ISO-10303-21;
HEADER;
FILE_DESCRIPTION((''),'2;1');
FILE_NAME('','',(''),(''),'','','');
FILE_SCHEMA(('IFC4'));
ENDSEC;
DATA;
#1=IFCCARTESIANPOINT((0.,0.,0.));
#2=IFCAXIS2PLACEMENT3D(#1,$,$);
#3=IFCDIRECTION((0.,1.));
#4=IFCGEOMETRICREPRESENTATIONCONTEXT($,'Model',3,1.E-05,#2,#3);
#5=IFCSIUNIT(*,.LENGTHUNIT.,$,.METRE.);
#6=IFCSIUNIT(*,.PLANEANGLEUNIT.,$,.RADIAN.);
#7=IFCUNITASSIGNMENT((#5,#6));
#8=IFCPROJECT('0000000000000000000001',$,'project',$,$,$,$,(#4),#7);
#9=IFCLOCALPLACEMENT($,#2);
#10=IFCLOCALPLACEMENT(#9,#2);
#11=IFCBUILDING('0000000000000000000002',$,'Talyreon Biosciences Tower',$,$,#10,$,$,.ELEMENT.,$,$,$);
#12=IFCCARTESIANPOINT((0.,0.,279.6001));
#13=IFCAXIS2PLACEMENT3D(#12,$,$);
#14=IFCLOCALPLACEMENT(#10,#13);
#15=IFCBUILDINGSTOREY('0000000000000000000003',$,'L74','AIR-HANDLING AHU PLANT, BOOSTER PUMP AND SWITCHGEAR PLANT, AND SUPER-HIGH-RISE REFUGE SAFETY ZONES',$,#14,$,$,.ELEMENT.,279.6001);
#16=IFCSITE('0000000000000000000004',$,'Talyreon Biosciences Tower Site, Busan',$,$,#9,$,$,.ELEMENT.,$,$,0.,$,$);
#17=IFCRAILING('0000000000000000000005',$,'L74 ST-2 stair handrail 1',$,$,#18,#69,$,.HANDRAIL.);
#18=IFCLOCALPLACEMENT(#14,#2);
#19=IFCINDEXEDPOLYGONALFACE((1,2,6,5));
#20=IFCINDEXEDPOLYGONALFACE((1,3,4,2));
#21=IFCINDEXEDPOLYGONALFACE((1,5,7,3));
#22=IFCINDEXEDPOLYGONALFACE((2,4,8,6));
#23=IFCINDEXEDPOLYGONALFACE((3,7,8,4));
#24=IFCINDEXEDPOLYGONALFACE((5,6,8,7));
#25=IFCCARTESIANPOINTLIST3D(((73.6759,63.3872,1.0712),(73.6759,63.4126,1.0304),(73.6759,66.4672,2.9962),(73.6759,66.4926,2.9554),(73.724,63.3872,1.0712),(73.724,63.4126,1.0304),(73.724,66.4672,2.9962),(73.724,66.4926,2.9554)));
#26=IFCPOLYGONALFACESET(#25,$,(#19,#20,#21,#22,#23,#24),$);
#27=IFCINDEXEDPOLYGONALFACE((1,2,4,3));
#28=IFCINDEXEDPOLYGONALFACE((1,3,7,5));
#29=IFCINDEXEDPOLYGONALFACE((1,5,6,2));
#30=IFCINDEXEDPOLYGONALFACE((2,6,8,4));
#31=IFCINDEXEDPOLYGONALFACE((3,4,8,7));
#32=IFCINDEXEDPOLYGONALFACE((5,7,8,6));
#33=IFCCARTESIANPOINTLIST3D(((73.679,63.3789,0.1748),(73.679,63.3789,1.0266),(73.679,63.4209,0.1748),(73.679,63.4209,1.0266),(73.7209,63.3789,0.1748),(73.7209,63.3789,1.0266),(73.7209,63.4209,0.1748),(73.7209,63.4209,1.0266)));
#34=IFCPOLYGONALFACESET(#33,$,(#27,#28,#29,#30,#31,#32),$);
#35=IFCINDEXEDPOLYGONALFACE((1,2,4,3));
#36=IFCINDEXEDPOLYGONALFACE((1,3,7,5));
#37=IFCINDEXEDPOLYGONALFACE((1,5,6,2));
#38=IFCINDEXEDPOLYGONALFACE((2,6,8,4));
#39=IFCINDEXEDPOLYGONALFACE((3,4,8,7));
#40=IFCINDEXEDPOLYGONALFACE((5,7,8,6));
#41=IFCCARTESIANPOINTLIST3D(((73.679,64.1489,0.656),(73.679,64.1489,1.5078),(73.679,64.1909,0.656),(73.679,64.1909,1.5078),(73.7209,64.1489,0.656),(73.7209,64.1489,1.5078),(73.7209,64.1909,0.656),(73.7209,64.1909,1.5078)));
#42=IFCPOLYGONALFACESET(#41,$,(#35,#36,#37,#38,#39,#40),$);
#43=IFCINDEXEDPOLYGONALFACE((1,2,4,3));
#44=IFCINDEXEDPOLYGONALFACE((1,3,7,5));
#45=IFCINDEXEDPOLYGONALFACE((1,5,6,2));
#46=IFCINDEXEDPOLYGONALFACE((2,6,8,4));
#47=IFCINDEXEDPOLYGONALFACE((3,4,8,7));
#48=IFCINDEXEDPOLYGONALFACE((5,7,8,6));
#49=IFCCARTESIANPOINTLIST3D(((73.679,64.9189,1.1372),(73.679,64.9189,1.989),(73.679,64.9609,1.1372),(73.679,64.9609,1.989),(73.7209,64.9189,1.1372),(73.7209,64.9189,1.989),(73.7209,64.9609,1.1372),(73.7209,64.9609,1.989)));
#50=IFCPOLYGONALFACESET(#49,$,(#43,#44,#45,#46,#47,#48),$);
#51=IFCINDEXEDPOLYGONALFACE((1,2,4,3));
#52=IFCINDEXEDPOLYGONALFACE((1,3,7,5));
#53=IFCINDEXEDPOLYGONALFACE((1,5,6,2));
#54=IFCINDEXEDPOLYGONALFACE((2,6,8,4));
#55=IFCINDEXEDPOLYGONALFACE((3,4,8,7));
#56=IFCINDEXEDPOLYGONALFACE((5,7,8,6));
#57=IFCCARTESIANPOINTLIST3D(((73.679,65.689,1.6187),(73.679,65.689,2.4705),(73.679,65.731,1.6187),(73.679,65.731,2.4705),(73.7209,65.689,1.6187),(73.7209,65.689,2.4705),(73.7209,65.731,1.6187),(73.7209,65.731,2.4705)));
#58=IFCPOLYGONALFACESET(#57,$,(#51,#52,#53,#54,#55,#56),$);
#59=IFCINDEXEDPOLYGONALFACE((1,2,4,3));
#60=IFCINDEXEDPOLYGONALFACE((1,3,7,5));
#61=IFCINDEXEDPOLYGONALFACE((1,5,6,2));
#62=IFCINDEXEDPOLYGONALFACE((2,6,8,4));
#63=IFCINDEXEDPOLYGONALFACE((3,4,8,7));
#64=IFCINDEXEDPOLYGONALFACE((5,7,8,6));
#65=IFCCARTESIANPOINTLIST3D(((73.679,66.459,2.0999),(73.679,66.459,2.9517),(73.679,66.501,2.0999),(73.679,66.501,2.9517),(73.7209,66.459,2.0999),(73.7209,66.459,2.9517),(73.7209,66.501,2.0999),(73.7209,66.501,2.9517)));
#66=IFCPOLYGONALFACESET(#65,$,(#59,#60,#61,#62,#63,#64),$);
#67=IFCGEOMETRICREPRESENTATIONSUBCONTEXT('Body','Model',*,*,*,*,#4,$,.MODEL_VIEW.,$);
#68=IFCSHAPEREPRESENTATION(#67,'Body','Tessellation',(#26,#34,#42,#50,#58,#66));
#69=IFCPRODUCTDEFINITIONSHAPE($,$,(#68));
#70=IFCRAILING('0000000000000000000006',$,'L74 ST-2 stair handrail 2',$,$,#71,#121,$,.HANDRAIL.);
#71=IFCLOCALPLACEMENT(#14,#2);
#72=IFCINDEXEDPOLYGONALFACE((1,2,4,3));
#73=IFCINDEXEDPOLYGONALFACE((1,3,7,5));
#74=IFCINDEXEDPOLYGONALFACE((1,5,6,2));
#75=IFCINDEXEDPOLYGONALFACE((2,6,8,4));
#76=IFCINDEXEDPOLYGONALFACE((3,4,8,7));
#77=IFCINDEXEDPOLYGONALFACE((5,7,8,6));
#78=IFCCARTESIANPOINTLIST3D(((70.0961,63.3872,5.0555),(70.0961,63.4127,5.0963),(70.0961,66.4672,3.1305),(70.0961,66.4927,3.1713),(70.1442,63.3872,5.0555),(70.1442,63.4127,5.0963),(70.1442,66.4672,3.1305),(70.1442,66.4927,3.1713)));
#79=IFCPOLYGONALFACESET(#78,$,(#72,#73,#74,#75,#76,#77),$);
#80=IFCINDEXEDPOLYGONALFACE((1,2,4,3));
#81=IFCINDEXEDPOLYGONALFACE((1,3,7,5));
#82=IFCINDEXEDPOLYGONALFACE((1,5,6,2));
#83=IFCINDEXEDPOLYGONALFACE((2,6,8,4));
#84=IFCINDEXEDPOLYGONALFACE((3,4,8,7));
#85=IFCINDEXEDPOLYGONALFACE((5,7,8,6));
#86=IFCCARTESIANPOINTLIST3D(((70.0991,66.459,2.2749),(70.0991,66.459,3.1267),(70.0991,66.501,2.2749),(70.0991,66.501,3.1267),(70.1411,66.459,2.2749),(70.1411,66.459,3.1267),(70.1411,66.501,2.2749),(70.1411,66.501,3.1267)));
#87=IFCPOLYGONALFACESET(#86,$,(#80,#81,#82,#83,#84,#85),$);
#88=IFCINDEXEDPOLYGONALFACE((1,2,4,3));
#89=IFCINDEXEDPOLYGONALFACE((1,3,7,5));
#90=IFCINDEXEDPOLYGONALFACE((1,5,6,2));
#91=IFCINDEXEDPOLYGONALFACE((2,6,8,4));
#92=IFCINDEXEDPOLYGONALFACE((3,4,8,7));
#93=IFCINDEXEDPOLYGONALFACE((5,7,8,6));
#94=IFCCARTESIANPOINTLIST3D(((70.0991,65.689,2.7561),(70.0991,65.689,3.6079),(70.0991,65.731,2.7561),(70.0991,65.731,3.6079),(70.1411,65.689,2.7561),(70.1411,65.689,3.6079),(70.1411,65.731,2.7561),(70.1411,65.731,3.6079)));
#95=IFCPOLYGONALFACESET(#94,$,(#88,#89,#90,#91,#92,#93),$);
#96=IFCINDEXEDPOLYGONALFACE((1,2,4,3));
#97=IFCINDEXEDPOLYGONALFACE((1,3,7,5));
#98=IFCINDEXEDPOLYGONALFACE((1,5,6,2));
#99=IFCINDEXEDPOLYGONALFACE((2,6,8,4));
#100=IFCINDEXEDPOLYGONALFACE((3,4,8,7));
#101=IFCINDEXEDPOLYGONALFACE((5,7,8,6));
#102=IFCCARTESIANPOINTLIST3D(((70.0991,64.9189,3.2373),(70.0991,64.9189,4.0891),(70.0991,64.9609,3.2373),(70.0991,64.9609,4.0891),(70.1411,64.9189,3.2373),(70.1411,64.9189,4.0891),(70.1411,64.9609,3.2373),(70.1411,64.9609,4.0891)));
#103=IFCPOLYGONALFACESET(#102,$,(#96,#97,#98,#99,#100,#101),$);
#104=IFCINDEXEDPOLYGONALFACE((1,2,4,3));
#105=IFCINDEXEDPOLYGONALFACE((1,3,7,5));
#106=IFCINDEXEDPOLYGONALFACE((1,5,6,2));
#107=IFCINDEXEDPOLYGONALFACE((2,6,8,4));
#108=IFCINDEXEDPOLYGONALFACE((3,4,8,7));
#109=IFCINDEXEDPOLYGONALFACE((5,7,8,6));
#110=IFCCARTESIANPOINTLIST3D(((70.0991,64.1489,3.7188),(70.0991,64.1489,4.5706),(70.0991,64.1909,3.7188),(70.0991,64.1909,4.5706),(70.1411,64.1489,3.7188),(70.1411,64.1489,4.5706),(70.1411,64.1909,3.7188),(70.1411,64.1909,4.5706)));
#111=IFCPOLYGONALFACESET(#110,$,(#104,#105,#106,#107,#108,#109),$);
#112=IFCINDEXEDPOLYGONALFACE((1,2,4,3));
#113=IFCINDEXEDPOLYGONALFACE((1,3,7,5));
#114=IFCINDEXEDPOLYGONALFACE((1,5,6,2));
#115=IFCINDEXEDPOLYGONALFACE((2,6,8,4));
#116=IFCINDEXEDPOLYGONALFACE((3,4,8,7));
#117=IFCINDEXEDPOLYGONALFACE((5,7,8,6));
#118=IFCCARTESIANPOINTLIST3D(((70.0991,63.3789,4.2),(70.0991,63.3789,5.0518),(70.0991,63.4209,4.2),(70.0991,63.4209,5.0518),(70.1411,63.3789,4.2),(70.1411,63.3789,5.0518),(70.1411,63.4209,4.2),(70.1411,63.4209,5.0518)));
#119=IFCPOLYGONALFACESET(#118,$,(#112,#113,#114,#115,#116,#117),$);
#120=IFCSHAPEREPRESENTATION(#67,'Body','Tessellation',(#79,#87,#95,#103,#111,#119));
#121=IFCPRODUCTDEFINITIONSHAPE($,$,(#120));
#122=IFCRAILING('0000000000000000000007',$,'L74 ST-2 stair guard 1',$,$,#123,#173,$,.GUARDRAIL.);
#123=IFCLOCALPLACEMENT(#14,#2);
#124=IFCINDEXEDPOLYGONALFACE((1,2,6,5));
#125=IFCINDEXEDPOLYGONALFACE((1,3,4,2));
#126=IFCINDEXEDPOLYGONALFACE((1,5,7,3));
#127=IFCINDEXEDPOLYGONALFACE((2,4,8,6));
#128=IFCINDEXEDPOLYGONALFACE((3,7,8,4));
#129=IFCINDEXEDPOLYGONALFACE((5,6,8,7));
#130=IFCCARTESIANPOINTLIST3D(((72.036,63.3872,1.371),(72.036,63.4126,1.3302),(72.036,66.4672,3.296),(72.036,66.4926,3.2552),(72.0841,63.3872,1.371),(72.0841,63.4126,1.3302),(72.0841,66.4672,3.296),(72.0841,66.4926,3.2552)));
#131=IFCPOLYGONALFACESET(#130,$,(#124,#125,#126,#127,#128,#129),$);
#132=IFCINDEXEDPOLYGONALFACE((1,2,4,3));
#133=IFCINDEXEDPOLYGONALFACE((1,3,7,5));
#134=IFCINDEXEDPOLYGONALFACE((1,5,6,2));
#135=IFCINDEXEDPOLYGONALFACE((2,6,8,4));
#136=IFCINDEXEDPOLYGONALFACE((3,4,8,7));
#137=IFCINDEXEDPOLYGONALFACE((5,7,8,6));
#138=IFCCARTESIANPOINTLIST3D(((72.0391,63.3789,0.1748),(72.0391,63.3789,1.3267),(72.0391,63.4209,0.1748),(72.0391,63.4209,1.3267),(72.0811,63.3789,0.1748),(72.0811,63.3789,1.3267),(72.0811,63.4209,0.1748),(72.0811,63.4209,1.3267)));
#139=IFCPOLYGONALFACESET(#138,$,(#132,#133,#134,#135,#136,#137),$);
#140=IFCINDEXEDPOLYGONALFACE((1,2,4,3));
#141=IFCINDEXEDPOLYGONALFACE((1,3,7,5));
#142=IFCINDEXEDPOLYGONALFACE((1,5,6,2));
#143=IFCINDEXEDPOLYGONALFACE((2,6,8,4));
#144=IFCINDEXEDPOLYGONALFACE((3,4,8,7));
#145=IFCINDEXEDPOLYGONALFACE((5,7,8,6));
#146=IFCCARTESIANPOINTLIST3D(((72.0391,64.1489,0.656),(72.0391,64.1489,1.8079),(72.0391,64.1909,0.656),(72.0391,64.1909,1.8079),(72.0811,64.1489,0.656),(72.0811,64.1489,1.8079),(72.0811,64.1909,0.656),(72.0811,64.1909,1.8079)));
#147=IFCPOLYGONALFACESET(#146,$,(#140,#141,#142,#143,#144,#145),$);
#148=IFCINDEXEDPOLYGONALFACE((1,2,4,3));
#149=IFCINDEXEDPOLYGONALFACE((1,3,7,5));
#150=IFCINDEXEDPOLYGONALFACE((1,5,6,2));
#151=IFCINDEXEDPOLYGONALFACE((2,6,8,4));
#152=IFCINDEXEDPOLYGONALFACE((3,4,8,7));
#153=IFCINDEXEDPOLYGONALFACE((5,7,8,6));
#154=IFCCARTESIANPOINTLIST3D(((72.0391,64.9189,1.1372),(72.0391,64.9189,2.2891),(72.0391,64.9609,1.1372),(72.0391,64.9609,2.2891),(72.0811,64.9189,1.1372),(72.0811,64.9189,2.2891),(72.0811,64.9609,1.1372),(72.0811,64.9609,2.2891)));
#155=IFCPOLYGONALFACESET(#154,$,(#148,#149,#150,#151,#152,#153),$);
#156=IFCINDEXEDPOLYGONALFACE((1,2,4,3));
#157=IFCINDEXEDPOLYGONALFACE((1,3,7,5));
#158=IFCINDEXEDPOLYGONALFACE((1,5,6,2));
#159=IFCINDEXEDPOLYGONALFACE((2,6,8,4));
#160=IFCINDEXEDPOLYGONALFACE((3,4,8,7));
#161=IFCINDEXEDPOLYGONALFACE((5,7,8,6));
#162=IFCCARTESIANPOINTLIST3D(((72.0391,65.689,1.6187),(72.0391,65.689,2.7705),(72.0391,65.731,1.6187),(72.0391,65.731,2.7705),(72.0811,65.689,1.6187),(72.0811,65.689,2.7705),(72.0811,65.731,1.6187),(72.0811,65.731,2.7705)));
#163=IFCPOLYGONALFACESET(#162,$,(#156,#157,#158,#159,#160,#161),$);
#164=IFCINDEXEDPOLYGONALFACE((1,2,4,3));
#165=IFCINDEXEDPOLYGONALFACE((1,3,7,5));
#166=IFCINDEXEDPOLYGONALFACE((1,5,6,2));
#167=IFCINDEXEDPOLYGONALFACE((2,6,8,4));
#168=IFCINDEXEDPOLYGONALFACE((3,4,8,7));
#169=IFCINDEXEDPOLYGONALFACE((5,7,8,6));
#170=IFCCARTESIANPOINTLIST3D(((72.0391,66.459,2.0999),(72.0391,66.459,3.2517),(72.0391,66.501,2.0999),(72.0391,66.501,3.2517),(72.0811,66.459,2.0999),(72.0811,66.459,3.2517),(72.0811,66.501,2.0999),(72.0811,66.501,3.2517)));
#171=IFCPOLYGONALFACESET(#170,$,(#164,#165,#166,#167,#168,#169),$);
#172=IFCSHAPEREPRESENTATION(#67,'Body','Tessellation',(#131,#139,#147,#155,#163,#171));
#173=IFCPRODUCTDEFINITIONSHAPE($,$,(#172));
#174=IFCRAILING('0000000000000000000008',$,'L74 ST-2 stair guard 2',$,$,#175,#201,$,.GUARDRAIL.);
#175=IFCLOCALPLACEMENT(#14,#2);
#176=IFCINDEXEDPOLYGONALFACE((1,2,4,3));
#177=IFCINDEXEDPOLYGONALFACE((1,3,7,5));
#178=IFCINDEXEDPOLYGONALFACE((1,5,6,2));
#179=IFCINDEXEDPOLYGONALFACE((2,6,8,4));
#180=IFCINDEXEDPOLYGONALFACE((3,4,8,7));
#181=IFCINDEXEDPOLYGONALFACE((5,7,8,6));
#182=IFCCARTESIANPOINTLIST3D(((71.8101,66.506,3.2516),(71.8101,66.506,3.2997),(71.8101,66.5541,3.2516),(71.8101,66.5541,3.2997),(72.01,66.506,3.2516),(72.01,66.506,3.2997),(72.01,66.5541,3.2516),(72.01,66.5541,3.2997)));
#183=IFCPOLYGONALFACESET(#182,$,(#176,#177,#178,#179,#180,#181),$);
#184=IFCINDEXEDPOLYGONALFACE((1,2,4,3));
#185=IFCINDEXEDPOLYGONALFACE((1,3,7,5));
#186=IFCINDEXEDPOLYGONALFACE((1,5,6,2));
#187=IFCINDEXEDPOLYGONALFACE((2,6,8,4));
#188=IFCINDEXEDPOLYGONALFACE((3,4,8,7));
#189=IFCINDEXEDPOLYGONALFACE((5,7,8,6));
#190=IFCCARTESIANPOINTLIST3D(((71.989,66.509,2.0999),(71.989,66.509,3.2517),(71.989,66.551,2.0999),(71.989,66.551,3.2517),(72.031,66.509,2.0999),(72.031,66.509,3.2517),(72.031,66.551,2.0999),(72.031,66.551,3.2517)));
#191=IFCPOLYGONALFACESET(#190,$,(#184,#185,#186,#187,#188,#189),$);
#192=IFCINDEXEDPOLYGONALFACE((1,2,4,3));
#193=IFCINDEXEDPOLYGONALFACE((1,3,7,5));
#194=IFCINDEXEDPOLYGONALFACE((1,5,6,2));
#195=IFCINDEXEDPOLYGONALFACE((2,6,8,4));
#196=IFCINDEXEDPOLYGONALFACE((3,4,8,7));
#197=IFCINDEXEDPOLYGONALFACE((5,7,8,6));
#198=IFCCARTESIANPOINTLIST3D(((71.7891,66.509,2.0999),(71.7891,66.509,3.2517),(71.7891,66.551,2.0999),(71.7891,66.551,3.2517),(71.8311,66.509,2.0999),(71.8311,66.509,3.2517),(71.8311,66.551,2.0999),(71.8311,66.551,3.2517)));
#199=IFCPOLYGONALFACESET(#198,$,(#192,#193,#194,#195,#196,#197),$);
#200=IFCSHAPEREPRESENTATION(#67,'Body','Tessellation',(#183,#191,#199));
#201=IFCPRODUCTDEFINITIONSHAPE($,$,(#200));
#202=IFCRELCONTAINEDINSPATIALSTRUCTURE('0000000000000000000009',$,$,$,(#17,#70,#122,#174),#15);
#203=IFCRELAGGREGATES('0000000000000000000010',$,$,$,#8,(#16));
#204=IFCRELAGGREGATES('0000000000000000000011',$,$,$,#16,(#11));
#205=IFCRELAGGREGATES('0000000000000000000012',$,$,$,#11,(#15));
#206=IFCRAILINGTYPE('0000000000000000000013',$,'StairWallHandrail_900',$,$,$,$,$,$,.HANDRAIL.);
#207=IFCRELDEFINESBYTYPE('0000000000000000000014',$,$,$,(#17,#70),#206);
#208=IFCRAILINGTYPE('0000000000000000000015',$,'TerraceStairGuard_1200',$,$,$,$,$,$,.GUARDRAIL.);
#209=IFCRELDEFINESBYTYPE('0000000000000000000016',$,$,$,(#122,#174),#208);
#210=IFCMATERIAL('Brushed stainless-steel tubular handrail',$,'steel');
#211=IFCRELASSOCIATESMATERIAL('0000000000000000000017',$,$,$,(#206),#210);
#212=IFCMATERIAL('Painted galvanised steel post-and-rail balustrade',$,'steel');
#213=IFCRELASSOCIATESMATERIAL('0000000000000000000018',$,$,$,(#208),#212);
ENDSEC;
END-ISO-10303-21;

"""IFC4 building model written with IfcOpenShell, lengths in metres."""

from ifc_helpers import new_model, si_unit, direction, frame, origin, origin_2d, place, context, subcontext, project, spatial, rectangle, extrude, material, type_object, element, save


model = new_model("IFC4")

# Units and contexts
model_context = context("Model", 3, precision=1e-05, world=origin(), true_north=direction((0.0, 1.0)))
body_context = subcontext(model_context, "Body", "Model", "MODEL_VIEW")
ifc_project = project(units=[si_unit("LENGTHUNIT", "METRE"), si_unit("PLANEANGLEUNIT", "RADIAN")], contexts=[model_context])

# Site, building, storey
site_placement = place(None, origin())
site = spatial("IfcSite", under=ifc_project, at=site_placement, Name="Talyreon Biosciences Tower Site, Busan", CompositionType="ELEMENT", RefElevation=0.0)
building_placement = place(site_placement, origin())
building = spatial("IfcBuilding", under=site, at=building_placement, Name="Talyreon Biosciences Tower", CompositionType="ELEMENT")
storey_placement = place(building_placement, frame((0.0, 0.0, 279.6001)))
storey = spatial("IfcBuildingStorey", under=building, at=storey_placement, Name="L74", Description="AIR-HANDLING AHU PLANT, BOOSTER PUMP AND SWITCHGEAR PLANT, AND SUPER-HIGH-RISE REFUGE SAFETY ZONES", CompositionType="ELEMENT", Elevation=279.6001)

# Railings
ifc_material_1 = material(Name="Brushed stainless-steel tubular handrail", Category="steel")
railing_type_1 = type_object("IfcRailingType", Name="StairWallHandrail_900", PredefinedType="HANDRAIL", material=ifc_material_1)
railing_1_placement = place(storey_placement, frame((73.7, 63.3999, 0.1748)))
element("IfcRailing", 1, at=railing_1_placement, inside=storey, type_object=railing_type_1, Name="L74 ST-2 stair handrail 1", PredefinedType="HANDRAIL", context=body_context, shape_type="SweptSolid", body=[
    extrude(rectangle(XDim=0.0481, YDim=0.0481, at=origin_2d()), frame((0.0, 0.0, 0.876), z_axis=(0.0, 0.847998, 0.529999), x_axis=(-1.0, 0.0, 0.0)), (0.0, 0.0, 1.0), 3.6321),
    extrude(rectangle(XDim=0.042, YDim=0.042, at=origin_2d()), origin(), (0.0, 0.0, 1.0), 0.8518),
    extrude(rectangle(XDim=0.042, YDim=0.042, at=origin_2d()), frame((0.0, 0.77, 0.4812)), (0.0, 0.0, 1.0), 0.8518),
    extrude(rectangle(XDim=0.042, YDim=0.042, at=origin_2d()), frame((0.0, 1.54, 0.9624)), (0.0, 0.0, 1.0), 0.8518),
    extrude(rectangle(XDim=0.042, YDim=0.042, at=origin_2d()), frame((0.0, 2.3101, 1.4438)), (0.0, 0.0, 1.0), 0.8518),
    extrude(rectangle(XDim=0.042, YDim=0.042, at=origin_2d()), frame((0.0, 3.0801, 1.925)), (0.0, 0.0, 1.0), 0.8518),
])
railing_2_placement = place(storey_placement, frame((70.1201, 66.48, 2.2749)))
element("IfcRailing", 2, at=railing_2_placement, inside=storey, type_object=railing_type_1, Name="L74 ST-2 stair handrail 2", PredefinedType="HANDRAIL", context=body_context, shape_type="SweptSolid", body=[
    extrude(rectangle(XDim=0.0481, YDim=0.0481, at=origin_2d()), frame((0.0, 0.0, 0.876), z_axis=(0.0, -0.847998, 0.529999), x_axis=(1.0, 0.0, 0.0)), (0.0, 0.0, 1.0), 3.6321),
    extrude(rectangle(XDim=0.042, YDim=0.042, at=origin_2d()), origin(), (0.0, 0.0, 1.0), 0.8518),
    extrude(rectangle(XDim=0.042, YDim=0.042, at=origin_2d()), frame((0.0, -0.77, 0.4812)), (0.0, 0.0, 1.0), 0.8518),
    extrude(rectangle(XDim=0.042, YDim=0.042, at=origin_2d()), frame((0.0, -1.54, 0.9624)), (0.0, 0.0, 1.0), 0.8518),
    extrude(rectangle(XDim=0.042, YDim=0.042, at=origin_2d()), frame((0.0, -2.3101, 1.4438)), (0.0, 0.0, 1.0), 0.8518),
    extrude(rectangle(XDim=0.042, YDim=0.042, at=origin_2d()), frame((0.0, -3.0801, 1.925)), (0.0, 0.0, 1.0), 0.8518),
])
ifc_material_2 = material(Name="Painted galvanised steel post-and-rail balustrade", Category="steel")
railing_type_2 = type_object("IfcRailingType", Name="TerraceStairGuard_1200", PredefinedType="GUARDRAIL", material=ifc_material_2)
railing_3_placement = place(storey_placement, frame((72.0601, 63.3999, 0.1748)))
element("IfcRailing", 3, at=railing_3_placement, inside=storey, type_object=railing_type_2, Name="L74 ST-2 stair guard 1", PredefinedType="GUARDRAIL", context=body_context, shape_type="SweptSolid", body=[
    extrude(rectangle(XDim=0.0481, YDim=0.0481, at=origin_2d()), frame((0.0, 0.0, 1.1758), z_axis=(0.0, 0.847998, 0.529999), x_axis=(-1.0, 0.0, 0.0)), (0.0, 0.0, 1.0), 3.6321),
    extrude(rectangle(XDim=0.042, YDim=0.042, at=origin_2d()), origin(), (0.0, 0.0, 1.0), 1.1519),
    extrude(rectangle(XDim=0.042, YDim=0.042, at=origin_2d()), frame((0.0, 0.77, 0.4812)), (0.0, 0.0, 1.0), 1.1519),
    extrude(rectangle(XDim=0.042, YDim=0.042, at=origin_2d()), frame((0.0, 1.54, 0.9624)), (0.0, 0.0, 1.0), 1.1519),
    extrude(rectangle(XDim=0.042, YDim=0.042, at=origin_2d()), frame((0.0, 2.3101, 1.4438)), (0.0, 0.0, 1.0), 1.1519),
    extrude(rectangle(XDim=0.042, YDim=0.042, at=origin_2d()), frame((0.0, 3.0801, 1.925)), (0.0, 0.0, 1.0), 1.1519),
])
railing_4_placement = place(storey_placement, frame((72.01, 66.53, 2.0999)))
element("IfcRailing", 4, at=railing_4_placement, inside=storey, type_object=railing_type_2, Name="L74 ST-2 stair guard 2", PredefinedType="GUARDRAIL", context=body_context, shape_type="SweptSolid", body=[
    extrude(rectangle(XDim=0.0481, YDim=0.0481, at=origin_2d()), frame((0.0, 0.0, 1.1758), z_axis=(-1.0, 0.0, 0.0), x_axis=(0.0, -1.0, 0.0)), (0.0, 0.0, 1.0), 0.2),
    extrude(rectangle(XDim=0.042, YDim=0.042, at=origin_2d()), origin(), (0.0, 0.0, 1.0), 1.1519),
    extrude(rectangle(XDim=0.042, YDim=0.042, at=origin_2d()), frame((-0.2, 0.0, 0.0)), (0.0, 0.0, 1.0), 1.1519),
])

save(model, "model.ifc")
